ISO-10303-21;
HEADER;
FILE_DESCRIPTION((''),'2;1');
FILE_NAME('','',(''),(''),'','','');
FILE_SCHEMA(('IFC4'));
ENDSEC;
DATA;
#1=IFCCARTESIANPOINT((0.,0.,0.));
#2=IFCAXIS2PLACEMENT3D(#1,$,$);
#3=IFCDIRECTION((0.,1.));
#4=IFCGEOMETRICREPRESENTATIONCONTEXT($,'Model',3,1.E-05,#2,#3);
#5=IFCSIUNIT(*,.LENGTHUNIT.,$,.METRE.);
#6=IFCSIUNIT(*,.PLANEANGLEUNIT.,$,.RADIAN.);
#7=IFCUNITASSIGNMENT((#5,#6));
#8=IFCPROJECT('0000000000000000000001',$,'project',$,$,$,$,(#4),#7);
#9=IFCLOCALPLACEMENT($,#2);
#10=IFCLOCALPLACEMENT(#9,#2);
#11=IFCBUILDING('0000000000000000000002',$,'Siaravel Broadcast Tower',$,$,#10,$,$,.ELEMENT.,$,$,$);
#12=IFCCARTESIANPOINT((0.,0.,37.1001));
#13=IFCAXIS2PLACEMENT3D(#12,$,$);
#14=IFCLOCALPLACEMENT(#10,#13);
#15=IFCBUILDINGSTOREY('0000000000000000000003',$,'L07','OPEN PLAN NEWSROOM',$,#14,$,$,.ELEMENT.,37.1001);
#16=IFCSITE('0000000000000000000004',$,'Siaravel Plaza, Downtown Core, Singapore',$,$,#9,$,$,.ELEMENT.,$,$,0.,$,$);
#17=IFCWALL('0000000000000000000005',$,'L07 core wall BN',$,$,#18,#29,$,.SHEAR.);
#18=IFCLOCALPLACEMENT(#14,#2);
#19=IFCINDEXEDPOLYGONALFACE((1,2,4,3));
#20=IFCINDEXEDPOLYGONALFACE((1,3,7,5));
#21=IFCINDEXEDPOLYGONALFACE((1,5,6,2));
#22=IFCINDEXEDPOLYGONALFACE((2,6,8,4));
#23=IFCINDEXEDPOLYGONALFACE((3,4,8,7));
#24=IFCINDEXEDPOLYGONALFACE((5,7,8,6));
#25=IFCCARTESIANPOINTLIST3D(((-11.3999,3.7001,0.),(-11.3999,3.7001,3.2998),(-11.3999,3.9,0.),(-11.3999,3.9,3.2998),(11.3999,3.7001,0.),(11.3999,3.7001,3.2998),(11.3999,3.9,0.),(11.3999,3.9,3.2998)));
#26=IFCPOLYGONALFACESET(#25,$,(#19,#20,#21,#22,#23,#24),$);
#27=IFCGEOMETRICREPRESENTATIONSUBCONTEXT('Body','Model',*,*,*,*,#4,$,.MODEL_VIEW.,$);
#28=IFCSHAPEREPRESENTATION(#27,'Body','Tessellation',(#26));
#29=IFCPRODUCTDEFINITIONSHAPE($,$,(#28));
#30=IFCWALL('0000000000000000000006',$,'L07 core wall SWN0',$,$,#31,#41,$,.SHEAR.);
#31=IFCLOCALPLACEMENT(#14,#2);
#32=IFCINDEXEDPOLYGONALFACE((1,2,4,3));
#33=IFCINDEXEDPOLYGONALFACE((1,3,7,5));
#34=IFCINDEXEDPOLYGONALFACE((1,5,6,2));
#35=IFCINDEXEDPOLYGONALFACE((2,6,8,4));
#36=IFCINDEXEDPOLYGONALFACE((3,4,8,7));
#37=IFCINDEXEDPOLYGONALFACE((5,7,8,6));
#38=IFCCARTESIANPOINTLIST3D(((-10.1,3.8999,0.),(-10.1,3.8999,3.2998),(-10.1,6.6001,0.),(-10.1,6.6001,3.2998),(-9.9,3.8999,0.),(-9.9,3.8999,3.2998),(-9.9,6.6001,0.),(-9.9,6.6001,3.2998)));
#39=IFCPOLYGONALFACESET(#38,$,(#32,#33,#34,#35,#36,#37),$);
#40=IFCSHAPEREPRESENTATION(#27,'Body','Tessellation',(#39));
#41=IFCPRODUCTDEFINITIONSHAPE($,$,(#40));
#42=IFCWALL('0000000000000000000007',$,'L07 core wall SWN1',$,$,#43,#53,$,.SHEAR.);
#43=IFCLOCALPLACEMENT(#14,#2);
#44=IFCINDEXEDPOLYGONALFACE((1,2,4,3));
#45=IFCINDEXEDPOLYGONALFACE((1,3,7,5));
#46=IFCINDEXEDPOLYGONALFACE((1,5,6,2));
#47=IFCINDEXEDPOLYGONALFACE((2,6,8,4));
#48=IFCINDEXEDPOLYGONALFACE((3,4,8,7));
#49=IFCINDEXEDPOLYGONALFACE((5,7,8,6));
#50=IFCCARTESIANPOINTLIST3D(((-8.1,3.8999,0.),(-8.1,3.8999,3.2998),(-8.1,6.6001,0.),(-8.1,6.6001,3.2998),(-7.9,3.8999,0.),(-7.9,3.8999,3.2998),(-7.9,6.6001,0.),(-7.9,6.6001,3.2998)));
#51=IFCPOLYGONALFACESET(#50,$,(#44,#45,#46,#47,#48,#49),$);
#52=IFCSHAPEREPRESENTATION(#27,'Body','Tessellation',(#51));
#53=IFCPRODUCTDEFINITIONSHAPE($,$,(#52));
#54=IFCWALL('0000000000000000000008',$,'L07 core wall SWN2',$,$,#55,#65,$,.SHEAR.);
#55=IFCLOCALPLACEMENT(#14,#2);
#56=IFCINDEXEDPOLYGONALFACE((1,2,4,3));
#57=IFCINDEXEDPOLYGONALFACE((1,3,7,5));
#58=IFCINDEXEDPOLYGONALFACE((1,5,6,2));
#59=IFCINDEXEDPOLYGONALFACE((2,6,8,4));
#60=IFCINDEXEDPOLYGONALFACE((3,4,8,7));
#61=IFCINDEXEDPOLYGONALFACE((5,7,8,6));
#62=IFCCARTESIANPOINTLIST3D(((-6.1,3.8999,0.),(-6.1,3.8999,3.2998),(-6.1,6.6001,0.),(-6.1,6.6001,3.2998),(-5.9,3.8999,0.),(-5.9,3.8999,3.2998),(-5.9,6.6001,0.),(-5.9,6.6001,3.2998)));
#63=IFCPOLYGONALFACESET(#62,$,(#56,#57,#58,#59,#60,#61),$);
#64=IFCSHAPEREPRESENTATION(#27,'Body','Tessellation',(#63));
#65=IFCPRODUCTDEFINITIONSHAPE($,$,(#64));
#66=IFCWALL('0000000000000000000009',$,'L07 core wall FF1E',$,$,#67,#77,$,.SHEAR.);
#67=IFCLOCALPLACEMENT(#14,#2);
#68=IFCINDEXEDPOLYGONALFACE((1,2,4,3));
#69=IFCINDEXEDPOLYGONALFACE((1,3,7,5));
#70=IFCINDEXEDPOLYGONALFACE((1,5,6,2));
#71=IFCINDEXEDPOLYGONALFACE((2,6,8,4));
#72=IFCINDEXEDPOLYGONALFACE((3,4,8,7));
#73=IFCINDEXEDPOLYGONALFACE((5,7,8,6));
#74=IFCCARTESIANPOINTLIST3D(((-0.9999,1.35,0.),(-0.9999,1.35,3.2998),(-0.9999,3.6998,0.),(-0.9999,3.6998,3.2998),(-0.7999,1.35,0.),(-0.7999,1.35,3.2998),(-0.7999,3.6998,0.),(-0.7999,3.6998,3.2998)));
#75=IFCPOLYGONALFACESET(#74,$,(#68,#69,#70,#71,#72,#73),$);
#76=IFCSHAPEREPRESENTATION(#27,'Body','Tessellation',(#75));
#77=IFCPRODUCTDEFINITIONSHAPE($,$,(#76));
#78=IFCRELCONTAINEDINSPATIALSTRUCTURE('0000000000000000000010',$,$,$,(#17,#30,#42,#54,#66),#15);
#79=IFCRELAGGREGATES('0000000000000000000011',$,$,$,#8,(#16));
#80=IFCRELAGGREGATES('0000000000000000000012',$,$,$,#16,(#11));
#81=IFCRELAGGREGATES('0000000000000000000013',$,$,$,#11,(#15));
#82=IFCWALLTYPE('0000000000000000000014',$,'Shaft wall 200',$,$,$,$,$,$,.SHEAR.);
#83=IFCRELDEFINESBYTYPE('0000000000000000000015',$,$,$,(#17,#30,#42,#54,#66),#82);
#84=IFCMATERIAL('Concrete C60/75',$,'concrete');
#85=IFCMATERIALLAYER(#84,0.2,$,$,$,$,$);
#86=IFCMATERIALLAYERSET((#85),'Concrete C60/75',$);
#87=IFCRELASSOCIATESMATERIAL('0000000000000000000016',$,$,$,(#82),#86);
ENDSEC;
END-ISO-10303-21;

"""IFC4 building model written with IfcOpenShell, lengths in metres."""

from ifc_helpers import new_model, si_unit, direction, frame, frame_2d, origin, place, context, subcontext, project, spatial, rectangle, extrude, material, layer, layer_set, type_object, element, save


model = new_model("IFC4")

# Units and contexts
model_context = context("Model", 3, precision=1e-05, world=origin(), true_north=direction((0.0, 1.0)))
body_context = subcontext(model_context, "Body", "Model", "MODEL_VIEW")
ifc_project = project(units=[si_unit("LENGTHUNIT", "METRE"), si_unit("PLANEANGLEUNIT", "RADIAN")], contexts=[model_context])

# Site, building, storey
site_placement = place(None, origin())
site = spatial("IfcSite", under=ifc_project, at=site_placement, Name="Siaravel Plaza, Downtown Core, Singapore", CompositionType="ELEMENT", RefElevation=0.0)
building_placement = place(site_placement, origin())
building = spatial("IfcBuilding", under=site, at=building_placement, Name="Siaravel Broadcast Tower", CompositionType="ELEMENT")
storey_placement = place(building_placement, frame((0.0, 0.0, 37.1001)))
storey = spatial("IfcBuildingStorey", under=building, at=storey_placement, Name="L07", Description="OPEN PLAN NEWSROOM", CompositionType="ELEMENT", Elevation=37.1001)

# Shared definitions
ifc_material_1 = material(Name="Concrete C60/75", Category="concrete")

# Walls
ifc_layer_1 = layer(ifc_material_1, 0.2)
ifc_layer_set_1 = layer_set([ifc_layer_1], Name="Concrete C60/75")
wall_type_1 = type_object("IfcWallType", Name="Shaft wall 200", PredefinedType="SHEAR", material=ifc_layer_set_1)
wall_1_placement = place(storey_placement, frame((-11.3999, 3.8, 0.0), z_axis=(0.0, 0.0, 1.0), x_axis=(1.0, 0.0, 0.0)))
element("IfcWall", 1, at=wall_1_placement, inside=storey, type_object=wall_type_1, Name="L07 core wall BN", PredefinedType="SHEAR", context=body_context, shape_type="SweptSolid", body=[
    extrude(rectangle(XDim=22.7998, YDim=0.2, at=frame_2d((11.3999, 0.0))), origin(), (0.0, 0.0, 1.0), 3.2998),
])
for number, where, z_axis, x_axis, name in (
    (2, (-10.0, 3.8999, 0.0), (0.0, 0.0, 1.0), (0.0, 1.0, 0.0), "L07 core wall SWN0"),
    (3, (-8.0, 3.8999, 0.0), (0.0, 0.0, 1.0), (0.0, 1.0, 0.0), "L07 core wall SWN1"),
    (4, (-6.0, 3.8999, 0.0), (0.0, 0.0, 1.0), (0.0, 1.0, 0.0), "L07 core wall SWN2"),
):
    element("IfcWall", number, at=place(storey_placement, frame(where, z_axis=z_axis, x_axis=x_axis)), inside=storey, type_object=wall_type_1, Name=name, PredefinedType="SHEAR", context=body_context, shape_type="SweptSolid", body=[
        extrude(rectangle(XDim=2.7002, YDim=0.2, at=frame_2d((1.3501, 0.0))), origin(), (0.0, 0.0, 1.0), 3.2998),
    ])
wall_2_placement = place(storey_placement, frame((-0.8999, 1.3501, 0.0), z_axis=(0.0, 0.0, 1.0), x_axis=(0.0, 1.0, 0.0)))
element("IfcWall", 5, at=wall_2_placement, inside=storey, type_object=wall_type_1, Name="L07 core wall FF1E", PredefinedType="SHEAR", context=body_context, shape_type="SweptSolid", body=[
    extrude(rectangle(XDim=2.3499, YDim=0.2, at=frame_2d((1.1748, 0.0))), origin(), (0.0, 0.0, 1.0), 3.2998),
])

save(model, "model.ifc")
